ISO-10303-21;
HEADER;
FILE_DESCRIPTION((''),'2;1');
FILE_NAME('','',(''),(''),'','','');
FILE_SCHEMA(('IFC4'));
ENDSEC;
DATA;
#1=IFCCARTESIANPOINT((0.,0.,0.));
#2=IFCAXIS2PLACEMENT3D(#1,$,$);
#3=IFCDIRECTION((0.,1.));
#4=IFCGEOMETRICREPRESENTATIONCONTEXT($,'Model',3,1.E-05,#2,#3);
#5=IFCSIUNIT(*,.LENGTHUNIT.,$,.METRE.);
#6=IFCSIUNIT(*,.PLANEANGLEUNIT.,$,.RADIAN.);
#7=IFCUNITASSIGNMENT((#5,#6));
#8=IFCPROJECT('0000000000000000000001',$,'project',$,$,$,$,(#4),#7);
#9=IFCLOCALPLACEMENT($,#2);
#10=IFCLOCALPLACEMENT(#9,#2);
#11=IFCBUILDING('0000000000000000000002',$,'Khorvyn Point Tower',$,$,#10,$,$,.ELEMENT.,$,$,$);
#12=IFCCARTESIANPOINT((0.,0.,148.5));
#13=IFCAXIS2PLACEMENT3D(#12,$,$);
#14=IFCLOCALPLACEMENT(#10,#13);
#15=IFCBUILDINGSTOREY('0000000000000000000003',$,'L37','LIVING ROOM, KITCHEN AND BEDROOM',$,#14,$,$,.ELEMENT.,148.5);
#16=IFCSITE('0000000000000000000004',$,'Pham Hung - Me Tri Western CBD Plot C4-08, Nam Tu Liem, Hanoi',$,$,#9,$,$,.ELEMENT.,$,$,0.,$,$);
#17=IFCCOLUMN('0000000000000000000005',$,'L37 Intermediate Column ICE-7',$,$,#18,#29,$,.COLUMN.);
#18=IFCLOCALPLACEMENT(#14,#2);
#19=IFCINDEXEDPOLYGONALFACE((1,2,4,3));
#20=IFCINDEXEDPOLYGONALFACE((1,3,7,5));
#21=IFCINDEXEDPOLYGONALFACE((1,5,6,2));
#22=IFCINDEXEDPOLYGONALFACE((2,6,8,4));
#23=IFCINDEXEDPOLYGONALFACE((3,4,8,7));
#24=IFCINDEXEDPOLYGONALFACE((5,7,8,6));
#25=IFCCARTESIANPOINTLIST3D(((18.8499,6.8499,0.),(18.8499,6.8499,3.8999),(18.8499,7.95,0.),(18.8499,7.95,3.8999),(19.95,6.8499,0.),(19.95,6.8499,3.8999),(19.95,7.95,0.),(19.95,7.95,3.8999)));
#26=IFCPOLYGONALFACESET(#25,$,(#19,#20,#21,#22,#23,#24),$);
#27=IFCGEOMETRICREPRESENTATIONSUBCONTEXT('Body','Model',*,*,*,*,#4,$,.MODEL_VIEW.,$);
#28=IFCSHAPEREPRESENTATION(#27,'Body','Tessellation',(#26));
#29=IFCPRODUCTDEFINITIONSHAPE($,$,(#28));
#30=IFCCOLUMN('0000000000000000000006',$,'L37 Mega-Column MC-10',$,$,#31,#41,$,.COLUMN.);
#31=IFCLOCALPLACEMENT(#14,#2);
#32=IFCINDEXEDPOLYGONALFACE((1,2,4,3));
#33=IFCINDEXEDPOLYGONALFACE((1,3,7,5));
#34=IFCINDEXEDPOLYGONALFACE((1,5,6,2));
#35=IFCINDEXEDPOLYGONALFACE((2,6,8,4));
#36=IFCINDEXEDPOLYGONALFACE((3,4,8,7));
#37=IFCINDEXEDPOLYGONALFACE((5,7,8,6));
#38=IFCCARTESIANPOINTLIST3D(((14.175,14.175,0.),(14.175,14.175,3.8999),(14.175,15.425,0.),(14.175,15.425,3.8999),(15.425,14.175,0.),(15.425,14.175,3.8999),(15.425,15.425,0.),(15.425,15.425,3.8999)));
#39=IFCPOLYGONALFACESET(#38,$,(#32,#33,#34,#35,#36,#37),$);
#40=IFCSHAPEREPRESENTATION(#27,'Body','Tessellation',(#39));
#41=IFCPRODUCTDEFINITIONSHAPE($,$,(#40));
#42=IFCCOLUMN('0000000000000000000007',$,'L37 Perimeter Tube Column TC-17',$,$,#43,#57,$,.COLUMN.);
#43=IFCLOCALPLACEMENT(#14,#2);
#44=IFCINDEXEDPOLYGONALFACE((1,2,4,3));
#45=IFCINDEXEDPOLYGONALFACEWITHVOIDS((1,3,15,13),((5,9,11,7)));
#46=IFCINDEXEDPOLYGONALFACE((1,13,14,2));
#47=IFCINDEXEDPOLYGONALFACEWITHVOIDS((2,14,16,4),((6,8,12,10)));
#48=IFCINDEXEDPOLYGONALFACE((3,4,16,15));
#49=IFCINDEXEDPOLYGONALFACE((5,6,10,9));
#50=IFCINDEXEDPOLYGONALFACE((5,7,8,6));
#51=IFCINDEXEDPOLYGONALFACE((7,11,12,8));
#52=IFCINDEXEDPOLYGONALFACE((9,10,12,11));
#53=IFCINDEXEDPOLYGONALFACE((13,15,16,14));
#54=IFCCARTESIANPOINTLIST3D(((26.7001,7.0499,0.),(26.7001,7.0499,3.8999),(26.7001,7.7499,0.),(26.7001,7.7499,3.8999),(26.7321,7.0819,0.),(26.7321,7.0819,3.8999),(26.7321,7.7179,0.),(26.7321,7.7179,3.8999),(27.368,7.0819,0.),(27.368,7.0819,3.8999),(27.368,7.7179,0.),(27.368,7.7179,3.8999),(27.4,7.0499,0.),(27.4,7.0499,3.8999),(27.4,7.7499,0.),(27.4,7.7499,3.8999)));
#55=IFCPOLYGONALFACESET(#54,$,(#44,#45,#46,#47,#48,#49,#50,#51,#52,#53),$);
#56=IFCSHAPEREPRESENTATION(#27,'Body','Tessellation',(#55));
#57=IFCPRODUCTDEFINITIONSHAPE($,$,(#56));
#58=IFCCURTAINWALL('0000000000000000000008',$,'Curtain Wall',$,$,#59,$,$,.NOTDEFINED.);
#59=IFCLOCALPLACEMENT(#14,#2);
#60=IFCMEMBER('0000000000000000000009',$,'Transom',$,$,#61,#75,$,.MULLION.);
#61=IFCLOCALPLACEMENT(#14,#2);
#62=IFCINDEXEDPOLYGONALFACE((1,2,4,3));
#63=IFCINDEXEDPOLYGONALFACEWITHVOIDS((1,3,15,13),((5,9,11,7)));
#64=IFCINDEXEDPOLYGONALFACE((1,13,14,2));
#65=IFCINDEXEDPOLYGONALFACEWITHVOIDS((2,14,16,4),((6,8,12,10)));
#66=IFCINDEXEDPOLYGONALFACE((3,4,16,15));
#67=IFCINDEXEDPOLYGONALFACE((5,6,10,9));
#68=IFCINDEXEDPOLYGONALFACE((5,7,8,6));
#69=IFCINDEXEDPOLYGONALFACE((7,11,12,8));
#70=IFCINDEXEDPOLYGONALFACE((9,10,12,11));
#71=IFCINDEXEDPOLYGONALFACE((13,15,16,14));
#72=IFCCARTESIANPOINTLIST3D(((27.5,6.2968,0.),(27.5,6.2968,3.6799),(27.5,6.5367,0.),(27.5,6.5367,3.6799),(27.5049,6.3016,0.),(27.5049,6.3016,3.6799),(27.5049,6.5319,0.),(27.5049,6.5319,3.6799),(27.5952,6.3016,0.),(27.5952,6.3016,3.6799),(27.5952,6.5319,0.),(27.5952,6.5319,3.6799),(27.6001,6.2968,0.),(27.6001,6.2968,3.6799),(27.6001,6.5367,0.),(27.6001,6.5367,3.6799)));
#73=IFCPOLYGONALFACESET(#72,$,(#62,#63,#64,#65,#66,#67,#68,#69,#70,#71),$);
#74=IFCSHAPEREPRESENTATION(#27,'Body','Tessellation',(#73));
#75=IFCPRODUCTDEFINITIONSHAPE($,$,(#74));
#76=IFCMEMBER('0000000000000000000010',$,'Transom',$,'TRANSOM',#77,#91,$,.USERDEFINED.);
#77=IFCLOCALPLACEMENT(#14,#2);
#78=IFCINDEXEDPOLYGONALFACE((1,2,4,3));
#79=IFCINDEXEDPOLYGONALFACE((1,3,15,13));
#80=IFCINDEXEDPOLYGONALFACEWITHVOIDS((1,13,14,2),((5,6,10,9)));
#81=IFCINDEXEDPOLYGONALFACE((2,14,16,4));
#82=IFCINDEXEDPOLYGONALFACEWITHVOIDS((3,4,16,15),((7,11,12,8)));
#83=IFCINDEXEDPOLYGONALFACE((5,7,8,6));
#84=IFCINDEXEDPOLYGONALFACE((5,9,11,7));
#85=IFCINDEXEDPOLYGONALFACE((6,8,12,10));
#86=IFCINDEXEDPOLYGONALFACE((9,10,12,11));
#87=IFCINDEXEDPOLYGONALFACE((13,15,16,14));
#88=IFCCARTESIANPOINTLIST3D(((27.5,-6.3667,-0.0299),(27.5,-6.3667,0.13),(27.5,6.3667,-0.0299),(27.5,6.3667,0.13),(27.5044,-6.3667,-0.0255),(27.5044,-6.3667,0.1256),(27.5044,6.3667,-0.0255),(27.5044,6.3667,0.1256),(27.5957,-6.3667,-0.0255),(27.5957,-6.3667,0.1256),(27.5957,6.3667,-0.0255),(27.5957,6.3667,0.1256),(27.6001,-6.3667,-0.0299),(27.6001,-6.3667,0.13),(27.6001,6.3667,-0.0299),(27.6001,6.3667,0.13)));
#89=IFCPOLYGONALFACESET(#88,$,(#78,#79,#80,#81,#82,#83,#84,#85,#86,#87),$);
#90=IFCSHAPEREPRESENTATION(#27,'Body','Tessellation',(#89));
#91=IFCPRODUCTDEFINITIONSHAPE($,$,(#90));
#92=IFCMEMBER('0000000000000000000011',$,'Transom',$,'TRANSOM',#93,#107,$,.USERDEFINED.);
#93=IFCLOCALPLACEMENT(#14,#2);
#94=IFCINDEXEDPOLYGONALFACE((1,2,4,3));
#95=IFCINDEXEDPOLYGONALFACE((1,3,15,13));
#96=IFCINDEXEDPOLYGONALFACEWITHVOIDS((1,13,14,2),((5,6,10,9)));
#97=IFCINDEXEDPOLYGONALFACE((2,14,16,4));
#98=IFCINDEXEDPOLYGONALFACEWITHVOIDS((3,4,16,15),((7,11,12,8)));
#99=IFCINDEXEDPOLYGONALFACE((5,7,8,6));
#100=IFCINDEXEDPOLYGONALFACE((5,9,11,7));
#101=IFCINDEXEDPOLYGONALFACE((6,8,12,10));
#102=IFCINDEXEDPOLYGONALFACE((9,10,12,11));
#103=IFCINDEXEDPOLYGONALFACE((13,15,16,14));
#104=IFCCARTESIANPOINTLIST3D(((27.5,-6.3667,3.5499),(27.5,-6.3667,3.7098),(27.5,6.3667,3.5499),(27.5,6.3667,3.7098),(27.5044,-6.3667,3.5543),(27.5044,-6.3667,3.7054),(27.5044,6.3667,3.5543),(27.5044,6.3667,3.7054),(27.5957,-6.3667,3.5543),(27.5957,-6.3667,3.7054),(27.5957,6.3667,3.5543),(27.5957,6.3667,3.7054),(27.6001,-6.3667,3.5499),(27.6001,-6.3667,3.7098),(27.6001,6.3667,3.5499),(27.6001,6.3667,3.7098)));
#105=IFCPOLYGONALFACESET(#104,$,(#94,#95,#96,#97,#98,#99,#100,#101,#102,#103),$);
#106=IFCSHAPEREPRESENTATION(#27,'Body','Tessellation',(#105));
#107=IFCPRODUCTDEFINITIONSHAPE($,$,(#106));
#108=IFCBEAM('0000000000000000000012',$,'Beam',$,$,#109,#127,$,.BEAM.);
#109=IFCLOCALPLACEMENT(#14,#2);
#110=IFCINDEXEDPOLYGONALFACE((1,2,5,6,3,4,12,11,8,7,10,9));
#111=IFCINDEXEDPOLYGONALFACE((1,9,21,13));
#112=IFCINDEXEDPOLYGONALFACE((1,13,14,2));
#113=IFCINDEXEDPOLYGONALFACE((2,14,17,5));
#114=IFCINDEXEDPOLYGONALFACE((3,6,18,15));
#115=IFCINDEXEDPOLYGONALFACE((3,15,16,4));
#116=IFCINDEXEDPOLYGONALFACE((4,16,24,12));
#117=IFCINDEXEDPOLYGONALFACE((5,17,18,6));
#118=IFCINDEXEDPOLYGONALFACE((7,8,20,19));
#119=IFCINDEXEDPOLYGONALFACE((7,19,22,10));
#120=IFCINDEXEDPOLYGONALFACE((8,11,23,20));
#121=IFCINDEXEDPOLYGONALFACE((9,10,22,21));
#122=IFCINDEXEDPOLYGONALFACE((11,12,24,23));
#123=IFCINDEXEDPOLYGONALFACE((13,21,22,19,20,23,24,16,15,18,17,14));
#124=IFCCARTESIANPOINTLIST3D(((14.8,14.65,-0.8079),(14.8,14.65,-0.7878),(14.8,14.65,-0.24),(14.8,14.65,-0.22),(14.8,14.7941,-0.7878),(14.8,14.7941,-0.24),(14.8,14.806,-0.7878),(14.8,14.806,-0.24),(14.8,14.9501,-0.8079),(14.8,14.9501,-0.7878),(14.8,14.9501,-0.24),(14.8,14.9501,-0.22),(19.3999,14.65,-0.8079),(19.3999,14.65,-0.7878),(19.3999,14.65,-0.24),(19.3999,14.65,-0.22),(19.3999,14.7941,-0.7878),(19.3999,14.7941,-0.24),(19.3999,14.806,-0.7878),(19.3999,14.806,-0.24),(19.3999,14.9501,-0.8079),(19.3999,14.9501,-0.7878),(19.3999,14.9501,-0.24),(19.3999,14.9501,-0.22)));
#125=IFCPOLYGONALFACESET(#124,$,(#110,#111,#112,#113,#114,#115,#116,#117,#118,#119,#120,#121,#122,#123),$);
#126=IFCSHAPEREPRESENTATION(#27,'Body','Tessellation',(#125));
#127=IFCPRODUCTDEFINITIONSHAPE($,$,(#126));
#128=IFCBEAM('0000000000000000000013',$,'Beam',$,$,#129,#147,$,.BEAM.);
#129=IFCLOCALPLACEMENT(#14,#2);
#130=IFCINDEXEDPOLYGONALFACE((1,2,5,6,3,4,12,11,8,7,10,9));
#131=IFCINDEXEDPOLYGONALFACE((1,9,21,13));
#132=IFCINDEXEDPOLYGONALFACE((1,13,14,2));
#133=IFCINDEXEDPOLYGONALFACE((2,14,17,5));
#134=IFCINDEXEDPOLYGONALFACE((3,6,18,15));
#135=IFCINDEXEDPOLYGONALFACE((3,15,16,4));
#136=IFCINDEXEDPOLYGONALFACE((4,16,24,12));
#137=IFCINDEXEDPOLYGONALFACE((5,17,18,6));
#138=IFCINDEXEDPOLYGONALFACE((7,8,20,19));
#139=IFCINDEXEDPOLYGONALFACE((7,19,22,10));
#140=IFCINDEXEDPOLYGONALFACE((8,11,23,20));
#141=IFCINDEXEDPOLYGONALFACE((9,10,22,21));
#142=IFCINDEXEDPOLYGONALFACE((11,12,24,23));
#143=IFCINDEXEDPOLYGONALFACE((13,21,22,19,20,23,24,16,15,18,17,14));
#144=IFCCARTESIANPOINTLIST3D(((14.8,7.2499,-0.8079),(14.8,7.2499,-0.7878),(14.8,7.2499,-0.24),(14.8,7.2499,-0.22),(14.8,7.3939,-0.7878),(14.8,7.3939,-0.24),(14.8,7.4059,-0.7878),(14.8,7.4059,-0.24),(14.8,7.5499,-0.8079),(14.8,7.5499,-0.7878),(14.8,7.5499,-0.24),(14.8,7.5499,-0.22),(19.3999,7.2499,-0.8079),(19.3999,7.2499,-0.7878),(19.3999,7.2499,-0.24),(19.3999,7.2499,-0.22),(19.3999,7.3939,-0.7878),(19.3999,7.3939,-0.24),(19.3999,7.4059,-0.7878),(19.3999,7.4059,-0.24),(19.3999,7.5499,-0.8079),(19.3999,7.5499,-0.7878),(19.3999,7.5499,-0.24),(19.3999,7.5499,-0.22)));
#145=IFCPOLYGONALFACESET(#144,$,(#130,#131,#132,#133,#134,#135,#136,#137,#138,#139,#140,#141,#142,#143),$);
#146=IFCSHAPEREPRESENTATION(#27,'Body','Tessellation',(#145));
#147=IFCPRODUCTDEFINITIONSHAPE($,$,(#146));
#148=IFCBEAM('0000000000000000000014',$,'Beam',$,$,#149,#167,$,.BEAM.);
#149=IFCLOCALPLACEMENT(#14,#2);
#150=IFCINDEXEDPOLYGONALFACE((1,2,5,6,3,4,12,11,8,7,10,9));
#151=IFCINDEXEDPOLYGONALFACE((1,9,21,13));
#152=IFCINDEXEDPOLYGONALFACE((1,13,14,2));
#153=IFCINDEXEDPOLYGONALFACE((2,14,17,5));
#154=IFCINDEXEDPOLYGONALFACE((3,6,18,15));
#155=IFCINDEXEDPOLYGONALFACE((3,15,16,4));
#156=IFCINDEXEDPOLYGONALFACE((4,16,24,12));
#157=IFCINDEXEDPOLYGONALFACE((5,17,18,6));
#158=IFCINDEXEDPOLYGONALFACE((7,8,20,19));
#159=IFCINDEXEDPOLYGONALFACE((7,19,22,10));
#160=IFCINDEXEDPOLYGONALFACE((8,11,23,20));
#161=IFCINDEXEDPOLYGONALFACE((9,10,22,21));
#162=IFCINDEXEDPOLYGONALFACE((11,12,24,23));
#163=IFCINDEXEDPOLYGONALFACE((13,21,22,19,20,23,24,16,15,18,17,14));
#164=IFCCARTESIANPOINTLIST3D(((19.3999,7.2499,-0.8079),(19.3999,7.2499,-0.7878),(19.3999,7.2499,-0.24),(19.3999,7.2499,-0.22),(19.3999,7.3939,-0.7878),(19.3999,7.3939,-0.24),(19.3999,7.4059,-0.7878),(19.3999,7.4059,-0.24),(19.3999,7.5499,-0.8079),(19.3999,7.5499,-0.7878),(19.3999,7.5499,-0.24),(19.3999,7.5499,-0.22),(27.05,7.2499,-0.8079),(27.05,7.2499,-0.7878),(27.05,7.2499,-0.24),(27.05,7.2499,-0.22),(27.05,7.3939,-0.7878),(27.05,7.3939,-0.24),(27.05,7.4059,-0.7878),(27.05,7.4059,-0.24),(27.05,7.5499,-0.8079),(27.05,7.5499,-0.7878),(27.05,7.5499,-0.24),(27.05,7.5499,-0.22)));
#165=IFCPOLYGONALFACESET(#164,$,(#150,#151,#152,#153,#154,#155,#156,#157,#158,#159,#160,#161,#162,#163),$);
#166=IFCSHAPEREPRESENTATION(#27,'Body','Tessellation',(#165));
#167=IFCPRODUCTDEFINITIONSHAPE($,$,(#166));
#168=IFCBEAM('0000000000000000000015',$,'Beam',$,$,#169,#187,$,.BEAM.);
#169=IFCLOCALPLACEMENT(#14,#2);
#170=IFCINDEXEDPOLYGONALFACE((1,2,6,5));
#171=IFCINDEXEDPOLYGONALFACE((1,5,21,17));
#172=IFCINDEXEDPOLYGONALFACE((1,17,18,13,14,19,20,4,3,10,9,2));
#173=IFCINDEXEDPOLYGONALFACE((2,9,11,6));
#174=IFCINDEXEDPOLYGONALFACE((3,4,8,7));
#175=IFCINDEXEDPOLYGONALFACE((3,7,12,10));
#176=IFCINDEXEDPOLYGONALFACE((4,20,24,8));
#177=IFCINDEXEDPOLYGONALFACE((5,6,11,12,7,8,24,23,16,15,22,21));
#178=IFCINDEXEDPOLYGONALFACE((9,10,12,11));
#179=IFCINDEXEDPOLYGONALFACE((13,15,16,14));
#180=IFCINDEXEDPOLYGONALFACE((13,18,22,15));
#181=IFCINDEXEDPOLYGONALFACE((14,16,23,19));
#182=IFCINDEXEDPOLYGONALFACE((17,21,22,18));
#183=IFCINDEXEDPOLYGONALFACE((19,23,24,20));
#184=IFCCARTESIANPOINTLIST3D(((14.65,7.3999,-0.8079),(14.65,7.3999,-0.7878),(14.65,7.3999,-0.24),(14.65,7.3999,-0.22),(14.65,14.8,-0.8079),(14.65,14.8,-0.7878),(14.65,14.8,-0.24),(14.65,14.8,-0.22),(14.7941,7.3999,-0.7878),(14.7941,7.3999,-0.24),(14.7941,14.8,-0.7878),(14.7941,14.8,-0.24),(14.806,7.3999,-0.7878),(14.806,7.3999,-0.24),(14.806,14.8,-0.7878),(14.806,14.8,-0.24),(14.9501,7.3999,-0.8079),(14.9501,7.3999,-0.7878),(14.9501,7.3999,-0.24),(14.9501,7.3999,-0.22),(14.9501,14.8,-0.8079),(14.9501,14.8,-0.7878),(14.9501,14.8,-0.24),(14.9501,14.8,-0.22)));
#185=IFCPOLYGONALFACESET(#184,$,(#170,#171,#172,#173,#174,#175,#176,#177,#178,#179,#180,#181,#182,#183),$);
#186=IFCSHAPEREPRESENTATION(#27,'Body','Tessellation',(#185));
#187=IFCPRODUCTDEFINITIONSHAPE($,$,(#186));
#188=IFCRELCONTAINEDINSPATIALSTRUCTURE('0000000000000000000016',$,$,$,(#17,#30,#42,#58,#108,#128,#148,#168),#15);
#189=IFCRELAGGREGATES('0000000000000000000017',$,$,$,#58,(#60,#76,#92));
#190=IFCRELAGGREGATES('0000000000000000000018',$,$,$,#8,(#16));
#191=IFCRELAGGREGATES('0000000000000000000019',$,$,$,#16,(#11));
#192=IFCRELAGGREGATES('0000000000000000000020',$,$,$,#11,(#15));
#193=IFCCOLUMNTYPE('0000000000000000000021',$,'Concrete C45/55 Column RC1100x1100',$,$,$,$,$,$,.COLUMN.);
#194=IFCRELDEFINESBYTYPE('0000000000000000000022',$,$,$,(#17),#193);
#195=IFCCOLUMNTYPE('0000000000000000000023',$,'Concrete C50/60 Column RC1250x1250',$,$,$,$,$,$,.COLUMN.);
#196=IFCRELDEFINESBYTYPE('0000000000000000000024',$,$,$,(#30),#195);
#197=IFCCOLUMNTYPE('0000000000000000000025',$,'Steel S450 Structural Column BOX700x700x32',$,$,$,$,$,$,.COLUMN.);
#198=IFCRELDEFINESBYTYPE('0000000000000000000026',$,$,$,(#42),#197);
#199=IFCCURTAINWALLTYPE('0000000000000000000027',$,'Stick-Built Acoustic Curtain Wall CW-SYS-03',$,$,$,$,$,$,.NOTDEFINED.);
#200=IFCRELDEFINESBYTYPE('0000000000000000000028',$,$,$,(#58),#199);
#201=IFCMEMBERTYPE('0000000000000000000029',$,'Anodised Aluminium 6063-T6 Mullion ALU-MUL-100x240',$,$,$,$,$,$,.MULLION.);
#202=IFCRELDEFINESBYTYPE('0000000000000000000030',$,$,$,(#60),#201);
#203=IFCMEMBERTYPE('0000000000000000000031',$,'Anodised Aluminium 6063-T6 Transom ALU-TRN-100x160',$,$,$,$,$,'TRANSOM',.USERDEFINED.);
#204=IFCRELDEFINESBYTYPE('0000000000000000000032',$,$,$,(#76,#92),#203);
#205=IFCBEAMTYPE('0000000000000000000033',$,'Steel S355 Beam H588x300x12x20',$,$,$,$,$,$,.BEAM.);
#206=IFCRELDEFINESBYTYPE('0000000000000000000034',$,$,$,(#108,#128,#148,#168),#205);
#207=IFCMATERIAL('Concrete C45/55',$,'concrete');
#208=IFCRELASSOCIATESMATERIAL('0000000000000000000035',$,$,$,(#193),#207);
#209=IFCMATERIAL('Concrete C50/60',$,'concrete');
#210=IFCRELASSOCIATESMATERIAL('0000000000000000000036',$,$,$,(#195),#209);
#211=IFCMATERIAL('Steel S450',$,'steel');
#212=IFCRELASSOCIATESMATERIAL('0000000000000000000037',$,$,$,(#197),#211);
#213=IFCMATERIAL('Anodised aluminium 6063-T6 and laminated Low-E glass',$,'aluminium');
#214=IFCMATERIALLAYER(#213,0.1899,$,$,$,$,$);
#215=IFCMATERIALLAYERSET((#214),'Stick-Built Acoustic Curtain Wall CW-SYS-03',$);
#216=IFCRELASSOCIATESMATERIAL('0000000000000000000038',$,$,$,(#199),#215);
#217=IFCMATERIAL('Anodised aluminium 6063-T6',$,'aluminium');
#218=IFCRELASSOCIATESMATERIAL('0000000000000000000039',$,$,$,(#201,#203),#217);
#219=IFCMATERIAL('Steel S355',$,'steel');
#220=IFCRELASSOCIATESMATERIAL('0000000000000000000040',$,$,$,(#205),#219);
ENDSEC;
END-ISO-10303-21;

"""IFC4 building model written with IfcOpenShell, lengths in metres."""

from ifc_helpers import new_model, si_unit, direction, frame, origin, origin_2d, place, context, subcontext, project, spatial, rectangle, hollow_rectangle, i_section, extrude, material, layer, layer_set, material_profile, profile_set, type_object, element, aggregate, save


model = new_model("IFC4")

# Units and contexts
model_context = context("Model", 3, precision=1e-05, world=origin(), true_north=direction((0.0, 1.0)))
body_context = subcontext(model_context, "Body", "Model", "MODEL_VIEW")
ifc_project = project(units=[si_unit("LENGTHUNIT", "METRE"), si_unit("PLANEANGLEUNIT", "RADIAN")], contexts=[model_context])

# Site, building, storey
site_placement = place(None, origin())
site = spatial("IfcSite", under=ifc_project, at=site_placement, Name="Pham Hung - Me Tri Western CBD Plot C4-08, Nam Tu Liem, Hanoi", CompositionType="ELEMENT", RefElevation=0.0)
building_placement = place(site_placement, origin())
building = spatial("IfcBuilding", under=site, at=building_placement, Name="Khorvyn Point Tower", CompositionType="ELEMENT")
storey_placement = place(building_placement, frame((0.0, 0.0, 148.5)))
storey = spatial("IfcBuildingStorey", under=building, at=storey_placement, Name="L37", Description="LIVING ROOM, KITCHEN AND BEDROOM", CompositionType="ELEMENT", Elevation=148.5)

# Columns
ifc_material_1 = material(Name="Concrete C45/55", Category="concrete")
ifc_material_profile_1 = material_profile(ifc_material_1, rectangle(XDim=1.1001, YDim=1.1001, at=origin_2d()))
ifc_profile_set_1 = profile_set([ifc_material_profile_1], Name="Concrete C45/55 RC1100x1100")
column_type_1 = type_object("IfcColumnType", Name="Concrete C45/55 Column RC1100x1100", PredefinedType="COLUMN", material=ifc_profile_set_1)
column_1_placement = place(storey_placement, frame((19.3999, 7.3999, 0.0), z_axis=(0.0, 0.0, 1.0), x_axis=(1.0, 0.0, 0.0)))
element("IfcColumn", 1, at=column_1_placement, inside=storey, type_object=column_type_1, Name="L37 Intermediate Column ICE-7", PredefinedType="COLUMN", context=body_context, shape_type="SweptSolid", body=[
    extrude(rectangle(XDim=1.1001, YDim=1.1001, at=origin_2d()), origin(), (0.0, 0.0, 1.0), 3.8999),
])
ifc_material_2 = material(Name="Concrete C50/60", Category="concrete")
ifc_material_profile_2 = material_profile(ifc_material_2, rectangle(XDim=1.25, YDim=1.25, at=origin_2d()))
ifc_profile_set_2 = profile_set([ifc_material_profile_2], Name="Concrete C50/60 RC1250x1250")
column_type_2 = type_object("IfcColumnType", Name="Concrete C50/60 Column RC1250x1250", PredefinedType="COLUMN", material=ifc_profile_set_2)
column_2_placement = place(storey_placement, frame((14.8, 14.8, 0.0), z_axis=(0.0, 0.0, 1.0), x_axis=(1.0, 0.0, 0.0)))
element("IfcColumn", 2, at=column_2_placement, inside=storey, type_object=column_type_2, Name="L37 Mega-Column MC-10", PredefinedType="COLUMN", context=body_context, shape_type="SweptSolid", body=[
    extrude(rectangle(XDim=1.25, YDim=1.25, at=origin_2d()), origin(), (0.0, 0.0, 1.0), 3.8999),
])
ifc_material_3 = material(Name="Steel S450", Category="steel")
ifc_material_profile_3 = material_profile(ifc_material_3, hollow_rectangle(XDim=0.7, YDim=0.7, WallThickness=0.032, at=origin_2d()))
ifc_profile_set_3 = profile_set([ifc_material_profile_3], Name="Steel S450 BOX700x700x32")
column_type_3 = type_object("IfcColumnType", Name="Steel S450 Structural Column BOX700x700x32", PredefinedType="COLUMN", material=ifc_profile_set_3)
column_3_placement = place(storey_placement, frame((27.05, 7.3999, 0.0), z_axis=(0.0, 0.0, 1.0), x_axis=(1.0, 0.0, 0.0)))
element("IfcColumn", 3, at=column_3_placement, inside=storey, type_object=column_type_3, Name="L37 Perimeter Tube Column TC-17", PredefinedType="COLUMN", context=body_context, shape_type="SweptSolid", body=[
    extrude(hollow_rectangle(XDim=0.7, YDim=0.7, WallThickness=0.032, at=origin_2d()), origin(), (0.0, 0.0, 1.0), 3.8999),
])

# Curtain wall, members
ifc_material_4 = material(Name="Anodised aluminium 6063-T6 and laminated Low-E glass", Category="aluminium")
ifc_layer_1 = layer(ifc_material_4, 0.1899)
ifc_layer_set_1 = layer_set([ifc_layer_1], Name="Stick-Built Acoustic Curtain Wall CW-SYS-03")
curtain_wall_type = type_object("IfcCurtainWallType", Name="Stick-Built Acoustic Curtain Wall CW-SYS-03", PredefinedType="NOTDEFINED", material=ifc_layer_set_1)
curtain_wall_placement = place(storey_placement, origin())
curtain_wall = element("IfcCurtainWall", 4, at=curtain_wall_placement, inside=storey, type_object=curtain_wall_type, Name="Curtain Wall", PredefinedType="NOTDEFINED")
ifc_material_5 = material(Name="Anodised aluminium 6063-T6", Category="aluminium")
ifc_material_profile_4 = material_profile(ifc_material_5, hollow_rectangle(XDim=0.1001, YDim=0.24, WallThickness=0.0049, at=origin_2d()))
ifc_profile_set_4 = profile_set([ifc_material_profile_4], Name="Anodised aluminium 6063-T6 ALU-MUL-100x240")
member_type_1 = type_object("IfcMemberType", Name="Anodised Aluminium 6063-T6 Mullion ALU-MUL-100x240", PredefinedType="MULLION", material=ifc_profile_set_4)
member_1_placement = place(storey_placement, frame((27.55, 6.4167, 0.0), z_axis=(0.0, 0.0, 1.0), x_axis=(1.0, 0.0, 0.0)))
member_1 = element("IfcMember", 5, at=member_1_placement, type_object=member_type_1, Name="Transom", PredefinedType="MULLION", context=body_context, shape_type="SweptSolid", body=[
    extrude(hollow_rectangle(XDim=0.1001, YDim=0.24, WallThickness=0.0049, at=origin_2d()), origin(), (0.0, 0.0, 1.0), 3.6799),
])
ifc_material_profile_5 = material_profile(ifc_material_5, hollow_rectangle(XDim=0.1001, YDim=0.1599, WallThickness=0.0044, at=origin_2d()))
ifc_profile_set_5 = profile_set([ifc_material_profile_5], Name="Anodised aluminium 6063-T6 ALU-TRN-100x160")
member_type_2 = type_object("IfcMemberType", Name="Anodised Aluminium 6063-T6 Transom ALU-TRN-100x160", ElementType="TRANSOM", PredefinedType="USERDEFINED", material=ifc_profile_set_5)
member_2_placement = place(storey_placement, frame((27.55, 6.3667, 0.05), z_axis=(0.0, -1.0, 0.0), x_axis=(1.0, 0.0, 0.0)))
member_2 = element("IfcMember", 6, at=member_2_placement, type_object=member_type_2, Name="Transom", ObjectType="TRANSOM", PredefinedType="USERDEFINED", context=body_context, shape_type="SweptSolid", body=[
    extrude(hollow_rectangle(XDim=0.1001, YDim=0.1599, WallThickness=0.0044, at=origin_2d()), origin(), (0.0, 0.0, 1.0), 12.7334),
])
member_3_placement = place(storey_placement, frame((27.55, 6.3667, 3.6299), z_axis=(0.0, -1.0, 0.0), x_axis=(1.0, 0.0, 0.0)))
member_3 = element("IfcMember", 7, at=member_3_placement, type_object=member_type_2, Name="Transom", ObjectType="TRANSOM", PredefinedType="USERDEFINED", context=body_context, shape_type="SweptSolid", body=[
    extrude(hollow_rectangle(XDim=0.1001, YDim=0.1599, WallThickness=0.0044, at=origin_2d()), origin(), (0.0, 0.0, 1.0), 12.7334),
])

# Beams
ifc_material_6 = material(Name="Steel S355", Category="steel")
ifc_material_profile_6 = material_profile(ifc_material_6, i_section(OverallWidth=0.3, OverallDepth=0.5879, WebThickness=0.012, FlangeThickness=0.02, at=origin_2d()))
ifc_profile_set_6 = profile_set([ifc_material_profile_6], Name="Steel S355 H588x300x12x20")
beam_type_1 = type_object("IfcBeamType", Name="Steel S355 Beam H588x300x12x20", PredefinedType="BEAM", material=ifc_profile_set_6)
for number, where, z_axis, x_axis, name in (
    (8, (14.8, 14.8, -0.5139), (1.0, 0.0, 0.0), (0.0, 1.0, 0.0), "Beam"),
    (9, (14.8, 7.3999, -0.5139), (1.0, 0.0, 0.0), (0.0, 1.0, 0.0), "Beam"),
):
    element("IfcBeam", number, at=place(storey_placement, frame(where, z_axis=z_axis, x_axis=x_axis)), inside=storey, type_object=beam_type_1, Name=name, PredefinedType="BEAM", context=body_context, shape_type="SweptSolid", body=[
        extrude(i_section(OverallWidth=0.3, OverallDepth=0.5879, WebThickness=0.012, FlangeThickness=0.02, at=origin_2d()), origin(), (0.0, 0.0, 1.0), 4.5999),
    ])
beam_1_placement = place(storey_placement, frame((19.3999, 7.3999, -0.5139), z_axis=(1.0, 0.0, 0.0), x_axis=(0.0, 1.0, 0.0)))
element("IfcBeam", 10, at=beam_1_placement, inside=storey, type_object=beam_type_1, Name="Beam", PredefinedType="BEAM", context=body_context, shape_type="SweptSolid", body=[
    extrude(i_section(OverallWidth=0.3, OverallDepth=0.5879, WebThickness=0.012, FlangeThickness=0.02, at=origin_2d()), origin(), (0.0, 0.0, 1.0), 7.6501),
])
beam_2_placement = place(storey_placement, frame((14.8, 7.3999, -0.5139), z_axis=(0.0, 1.0, 0.0), x_axis=(-1.0, 0.0, 0.0)))
element("IfcBeam", 11, at=beam_2_placement, inside=storey, type_object=beam_type_1, Name="Beam", PredefinedType="BEAM", context=body_context, shape_type="SweptSolid", body=[
    extrude(i_section(OverallWidth=0.3, OverallDepth=0.5879, WebThickness=0.012, FlangeThickness=0.02, at=origin_2d()), origin(), (0.0, 0.0, 1.0), 7.4001),
])

aggregate(curtain_wall, [member_1, member_2, member_3])

save(model, "model.ifc")
